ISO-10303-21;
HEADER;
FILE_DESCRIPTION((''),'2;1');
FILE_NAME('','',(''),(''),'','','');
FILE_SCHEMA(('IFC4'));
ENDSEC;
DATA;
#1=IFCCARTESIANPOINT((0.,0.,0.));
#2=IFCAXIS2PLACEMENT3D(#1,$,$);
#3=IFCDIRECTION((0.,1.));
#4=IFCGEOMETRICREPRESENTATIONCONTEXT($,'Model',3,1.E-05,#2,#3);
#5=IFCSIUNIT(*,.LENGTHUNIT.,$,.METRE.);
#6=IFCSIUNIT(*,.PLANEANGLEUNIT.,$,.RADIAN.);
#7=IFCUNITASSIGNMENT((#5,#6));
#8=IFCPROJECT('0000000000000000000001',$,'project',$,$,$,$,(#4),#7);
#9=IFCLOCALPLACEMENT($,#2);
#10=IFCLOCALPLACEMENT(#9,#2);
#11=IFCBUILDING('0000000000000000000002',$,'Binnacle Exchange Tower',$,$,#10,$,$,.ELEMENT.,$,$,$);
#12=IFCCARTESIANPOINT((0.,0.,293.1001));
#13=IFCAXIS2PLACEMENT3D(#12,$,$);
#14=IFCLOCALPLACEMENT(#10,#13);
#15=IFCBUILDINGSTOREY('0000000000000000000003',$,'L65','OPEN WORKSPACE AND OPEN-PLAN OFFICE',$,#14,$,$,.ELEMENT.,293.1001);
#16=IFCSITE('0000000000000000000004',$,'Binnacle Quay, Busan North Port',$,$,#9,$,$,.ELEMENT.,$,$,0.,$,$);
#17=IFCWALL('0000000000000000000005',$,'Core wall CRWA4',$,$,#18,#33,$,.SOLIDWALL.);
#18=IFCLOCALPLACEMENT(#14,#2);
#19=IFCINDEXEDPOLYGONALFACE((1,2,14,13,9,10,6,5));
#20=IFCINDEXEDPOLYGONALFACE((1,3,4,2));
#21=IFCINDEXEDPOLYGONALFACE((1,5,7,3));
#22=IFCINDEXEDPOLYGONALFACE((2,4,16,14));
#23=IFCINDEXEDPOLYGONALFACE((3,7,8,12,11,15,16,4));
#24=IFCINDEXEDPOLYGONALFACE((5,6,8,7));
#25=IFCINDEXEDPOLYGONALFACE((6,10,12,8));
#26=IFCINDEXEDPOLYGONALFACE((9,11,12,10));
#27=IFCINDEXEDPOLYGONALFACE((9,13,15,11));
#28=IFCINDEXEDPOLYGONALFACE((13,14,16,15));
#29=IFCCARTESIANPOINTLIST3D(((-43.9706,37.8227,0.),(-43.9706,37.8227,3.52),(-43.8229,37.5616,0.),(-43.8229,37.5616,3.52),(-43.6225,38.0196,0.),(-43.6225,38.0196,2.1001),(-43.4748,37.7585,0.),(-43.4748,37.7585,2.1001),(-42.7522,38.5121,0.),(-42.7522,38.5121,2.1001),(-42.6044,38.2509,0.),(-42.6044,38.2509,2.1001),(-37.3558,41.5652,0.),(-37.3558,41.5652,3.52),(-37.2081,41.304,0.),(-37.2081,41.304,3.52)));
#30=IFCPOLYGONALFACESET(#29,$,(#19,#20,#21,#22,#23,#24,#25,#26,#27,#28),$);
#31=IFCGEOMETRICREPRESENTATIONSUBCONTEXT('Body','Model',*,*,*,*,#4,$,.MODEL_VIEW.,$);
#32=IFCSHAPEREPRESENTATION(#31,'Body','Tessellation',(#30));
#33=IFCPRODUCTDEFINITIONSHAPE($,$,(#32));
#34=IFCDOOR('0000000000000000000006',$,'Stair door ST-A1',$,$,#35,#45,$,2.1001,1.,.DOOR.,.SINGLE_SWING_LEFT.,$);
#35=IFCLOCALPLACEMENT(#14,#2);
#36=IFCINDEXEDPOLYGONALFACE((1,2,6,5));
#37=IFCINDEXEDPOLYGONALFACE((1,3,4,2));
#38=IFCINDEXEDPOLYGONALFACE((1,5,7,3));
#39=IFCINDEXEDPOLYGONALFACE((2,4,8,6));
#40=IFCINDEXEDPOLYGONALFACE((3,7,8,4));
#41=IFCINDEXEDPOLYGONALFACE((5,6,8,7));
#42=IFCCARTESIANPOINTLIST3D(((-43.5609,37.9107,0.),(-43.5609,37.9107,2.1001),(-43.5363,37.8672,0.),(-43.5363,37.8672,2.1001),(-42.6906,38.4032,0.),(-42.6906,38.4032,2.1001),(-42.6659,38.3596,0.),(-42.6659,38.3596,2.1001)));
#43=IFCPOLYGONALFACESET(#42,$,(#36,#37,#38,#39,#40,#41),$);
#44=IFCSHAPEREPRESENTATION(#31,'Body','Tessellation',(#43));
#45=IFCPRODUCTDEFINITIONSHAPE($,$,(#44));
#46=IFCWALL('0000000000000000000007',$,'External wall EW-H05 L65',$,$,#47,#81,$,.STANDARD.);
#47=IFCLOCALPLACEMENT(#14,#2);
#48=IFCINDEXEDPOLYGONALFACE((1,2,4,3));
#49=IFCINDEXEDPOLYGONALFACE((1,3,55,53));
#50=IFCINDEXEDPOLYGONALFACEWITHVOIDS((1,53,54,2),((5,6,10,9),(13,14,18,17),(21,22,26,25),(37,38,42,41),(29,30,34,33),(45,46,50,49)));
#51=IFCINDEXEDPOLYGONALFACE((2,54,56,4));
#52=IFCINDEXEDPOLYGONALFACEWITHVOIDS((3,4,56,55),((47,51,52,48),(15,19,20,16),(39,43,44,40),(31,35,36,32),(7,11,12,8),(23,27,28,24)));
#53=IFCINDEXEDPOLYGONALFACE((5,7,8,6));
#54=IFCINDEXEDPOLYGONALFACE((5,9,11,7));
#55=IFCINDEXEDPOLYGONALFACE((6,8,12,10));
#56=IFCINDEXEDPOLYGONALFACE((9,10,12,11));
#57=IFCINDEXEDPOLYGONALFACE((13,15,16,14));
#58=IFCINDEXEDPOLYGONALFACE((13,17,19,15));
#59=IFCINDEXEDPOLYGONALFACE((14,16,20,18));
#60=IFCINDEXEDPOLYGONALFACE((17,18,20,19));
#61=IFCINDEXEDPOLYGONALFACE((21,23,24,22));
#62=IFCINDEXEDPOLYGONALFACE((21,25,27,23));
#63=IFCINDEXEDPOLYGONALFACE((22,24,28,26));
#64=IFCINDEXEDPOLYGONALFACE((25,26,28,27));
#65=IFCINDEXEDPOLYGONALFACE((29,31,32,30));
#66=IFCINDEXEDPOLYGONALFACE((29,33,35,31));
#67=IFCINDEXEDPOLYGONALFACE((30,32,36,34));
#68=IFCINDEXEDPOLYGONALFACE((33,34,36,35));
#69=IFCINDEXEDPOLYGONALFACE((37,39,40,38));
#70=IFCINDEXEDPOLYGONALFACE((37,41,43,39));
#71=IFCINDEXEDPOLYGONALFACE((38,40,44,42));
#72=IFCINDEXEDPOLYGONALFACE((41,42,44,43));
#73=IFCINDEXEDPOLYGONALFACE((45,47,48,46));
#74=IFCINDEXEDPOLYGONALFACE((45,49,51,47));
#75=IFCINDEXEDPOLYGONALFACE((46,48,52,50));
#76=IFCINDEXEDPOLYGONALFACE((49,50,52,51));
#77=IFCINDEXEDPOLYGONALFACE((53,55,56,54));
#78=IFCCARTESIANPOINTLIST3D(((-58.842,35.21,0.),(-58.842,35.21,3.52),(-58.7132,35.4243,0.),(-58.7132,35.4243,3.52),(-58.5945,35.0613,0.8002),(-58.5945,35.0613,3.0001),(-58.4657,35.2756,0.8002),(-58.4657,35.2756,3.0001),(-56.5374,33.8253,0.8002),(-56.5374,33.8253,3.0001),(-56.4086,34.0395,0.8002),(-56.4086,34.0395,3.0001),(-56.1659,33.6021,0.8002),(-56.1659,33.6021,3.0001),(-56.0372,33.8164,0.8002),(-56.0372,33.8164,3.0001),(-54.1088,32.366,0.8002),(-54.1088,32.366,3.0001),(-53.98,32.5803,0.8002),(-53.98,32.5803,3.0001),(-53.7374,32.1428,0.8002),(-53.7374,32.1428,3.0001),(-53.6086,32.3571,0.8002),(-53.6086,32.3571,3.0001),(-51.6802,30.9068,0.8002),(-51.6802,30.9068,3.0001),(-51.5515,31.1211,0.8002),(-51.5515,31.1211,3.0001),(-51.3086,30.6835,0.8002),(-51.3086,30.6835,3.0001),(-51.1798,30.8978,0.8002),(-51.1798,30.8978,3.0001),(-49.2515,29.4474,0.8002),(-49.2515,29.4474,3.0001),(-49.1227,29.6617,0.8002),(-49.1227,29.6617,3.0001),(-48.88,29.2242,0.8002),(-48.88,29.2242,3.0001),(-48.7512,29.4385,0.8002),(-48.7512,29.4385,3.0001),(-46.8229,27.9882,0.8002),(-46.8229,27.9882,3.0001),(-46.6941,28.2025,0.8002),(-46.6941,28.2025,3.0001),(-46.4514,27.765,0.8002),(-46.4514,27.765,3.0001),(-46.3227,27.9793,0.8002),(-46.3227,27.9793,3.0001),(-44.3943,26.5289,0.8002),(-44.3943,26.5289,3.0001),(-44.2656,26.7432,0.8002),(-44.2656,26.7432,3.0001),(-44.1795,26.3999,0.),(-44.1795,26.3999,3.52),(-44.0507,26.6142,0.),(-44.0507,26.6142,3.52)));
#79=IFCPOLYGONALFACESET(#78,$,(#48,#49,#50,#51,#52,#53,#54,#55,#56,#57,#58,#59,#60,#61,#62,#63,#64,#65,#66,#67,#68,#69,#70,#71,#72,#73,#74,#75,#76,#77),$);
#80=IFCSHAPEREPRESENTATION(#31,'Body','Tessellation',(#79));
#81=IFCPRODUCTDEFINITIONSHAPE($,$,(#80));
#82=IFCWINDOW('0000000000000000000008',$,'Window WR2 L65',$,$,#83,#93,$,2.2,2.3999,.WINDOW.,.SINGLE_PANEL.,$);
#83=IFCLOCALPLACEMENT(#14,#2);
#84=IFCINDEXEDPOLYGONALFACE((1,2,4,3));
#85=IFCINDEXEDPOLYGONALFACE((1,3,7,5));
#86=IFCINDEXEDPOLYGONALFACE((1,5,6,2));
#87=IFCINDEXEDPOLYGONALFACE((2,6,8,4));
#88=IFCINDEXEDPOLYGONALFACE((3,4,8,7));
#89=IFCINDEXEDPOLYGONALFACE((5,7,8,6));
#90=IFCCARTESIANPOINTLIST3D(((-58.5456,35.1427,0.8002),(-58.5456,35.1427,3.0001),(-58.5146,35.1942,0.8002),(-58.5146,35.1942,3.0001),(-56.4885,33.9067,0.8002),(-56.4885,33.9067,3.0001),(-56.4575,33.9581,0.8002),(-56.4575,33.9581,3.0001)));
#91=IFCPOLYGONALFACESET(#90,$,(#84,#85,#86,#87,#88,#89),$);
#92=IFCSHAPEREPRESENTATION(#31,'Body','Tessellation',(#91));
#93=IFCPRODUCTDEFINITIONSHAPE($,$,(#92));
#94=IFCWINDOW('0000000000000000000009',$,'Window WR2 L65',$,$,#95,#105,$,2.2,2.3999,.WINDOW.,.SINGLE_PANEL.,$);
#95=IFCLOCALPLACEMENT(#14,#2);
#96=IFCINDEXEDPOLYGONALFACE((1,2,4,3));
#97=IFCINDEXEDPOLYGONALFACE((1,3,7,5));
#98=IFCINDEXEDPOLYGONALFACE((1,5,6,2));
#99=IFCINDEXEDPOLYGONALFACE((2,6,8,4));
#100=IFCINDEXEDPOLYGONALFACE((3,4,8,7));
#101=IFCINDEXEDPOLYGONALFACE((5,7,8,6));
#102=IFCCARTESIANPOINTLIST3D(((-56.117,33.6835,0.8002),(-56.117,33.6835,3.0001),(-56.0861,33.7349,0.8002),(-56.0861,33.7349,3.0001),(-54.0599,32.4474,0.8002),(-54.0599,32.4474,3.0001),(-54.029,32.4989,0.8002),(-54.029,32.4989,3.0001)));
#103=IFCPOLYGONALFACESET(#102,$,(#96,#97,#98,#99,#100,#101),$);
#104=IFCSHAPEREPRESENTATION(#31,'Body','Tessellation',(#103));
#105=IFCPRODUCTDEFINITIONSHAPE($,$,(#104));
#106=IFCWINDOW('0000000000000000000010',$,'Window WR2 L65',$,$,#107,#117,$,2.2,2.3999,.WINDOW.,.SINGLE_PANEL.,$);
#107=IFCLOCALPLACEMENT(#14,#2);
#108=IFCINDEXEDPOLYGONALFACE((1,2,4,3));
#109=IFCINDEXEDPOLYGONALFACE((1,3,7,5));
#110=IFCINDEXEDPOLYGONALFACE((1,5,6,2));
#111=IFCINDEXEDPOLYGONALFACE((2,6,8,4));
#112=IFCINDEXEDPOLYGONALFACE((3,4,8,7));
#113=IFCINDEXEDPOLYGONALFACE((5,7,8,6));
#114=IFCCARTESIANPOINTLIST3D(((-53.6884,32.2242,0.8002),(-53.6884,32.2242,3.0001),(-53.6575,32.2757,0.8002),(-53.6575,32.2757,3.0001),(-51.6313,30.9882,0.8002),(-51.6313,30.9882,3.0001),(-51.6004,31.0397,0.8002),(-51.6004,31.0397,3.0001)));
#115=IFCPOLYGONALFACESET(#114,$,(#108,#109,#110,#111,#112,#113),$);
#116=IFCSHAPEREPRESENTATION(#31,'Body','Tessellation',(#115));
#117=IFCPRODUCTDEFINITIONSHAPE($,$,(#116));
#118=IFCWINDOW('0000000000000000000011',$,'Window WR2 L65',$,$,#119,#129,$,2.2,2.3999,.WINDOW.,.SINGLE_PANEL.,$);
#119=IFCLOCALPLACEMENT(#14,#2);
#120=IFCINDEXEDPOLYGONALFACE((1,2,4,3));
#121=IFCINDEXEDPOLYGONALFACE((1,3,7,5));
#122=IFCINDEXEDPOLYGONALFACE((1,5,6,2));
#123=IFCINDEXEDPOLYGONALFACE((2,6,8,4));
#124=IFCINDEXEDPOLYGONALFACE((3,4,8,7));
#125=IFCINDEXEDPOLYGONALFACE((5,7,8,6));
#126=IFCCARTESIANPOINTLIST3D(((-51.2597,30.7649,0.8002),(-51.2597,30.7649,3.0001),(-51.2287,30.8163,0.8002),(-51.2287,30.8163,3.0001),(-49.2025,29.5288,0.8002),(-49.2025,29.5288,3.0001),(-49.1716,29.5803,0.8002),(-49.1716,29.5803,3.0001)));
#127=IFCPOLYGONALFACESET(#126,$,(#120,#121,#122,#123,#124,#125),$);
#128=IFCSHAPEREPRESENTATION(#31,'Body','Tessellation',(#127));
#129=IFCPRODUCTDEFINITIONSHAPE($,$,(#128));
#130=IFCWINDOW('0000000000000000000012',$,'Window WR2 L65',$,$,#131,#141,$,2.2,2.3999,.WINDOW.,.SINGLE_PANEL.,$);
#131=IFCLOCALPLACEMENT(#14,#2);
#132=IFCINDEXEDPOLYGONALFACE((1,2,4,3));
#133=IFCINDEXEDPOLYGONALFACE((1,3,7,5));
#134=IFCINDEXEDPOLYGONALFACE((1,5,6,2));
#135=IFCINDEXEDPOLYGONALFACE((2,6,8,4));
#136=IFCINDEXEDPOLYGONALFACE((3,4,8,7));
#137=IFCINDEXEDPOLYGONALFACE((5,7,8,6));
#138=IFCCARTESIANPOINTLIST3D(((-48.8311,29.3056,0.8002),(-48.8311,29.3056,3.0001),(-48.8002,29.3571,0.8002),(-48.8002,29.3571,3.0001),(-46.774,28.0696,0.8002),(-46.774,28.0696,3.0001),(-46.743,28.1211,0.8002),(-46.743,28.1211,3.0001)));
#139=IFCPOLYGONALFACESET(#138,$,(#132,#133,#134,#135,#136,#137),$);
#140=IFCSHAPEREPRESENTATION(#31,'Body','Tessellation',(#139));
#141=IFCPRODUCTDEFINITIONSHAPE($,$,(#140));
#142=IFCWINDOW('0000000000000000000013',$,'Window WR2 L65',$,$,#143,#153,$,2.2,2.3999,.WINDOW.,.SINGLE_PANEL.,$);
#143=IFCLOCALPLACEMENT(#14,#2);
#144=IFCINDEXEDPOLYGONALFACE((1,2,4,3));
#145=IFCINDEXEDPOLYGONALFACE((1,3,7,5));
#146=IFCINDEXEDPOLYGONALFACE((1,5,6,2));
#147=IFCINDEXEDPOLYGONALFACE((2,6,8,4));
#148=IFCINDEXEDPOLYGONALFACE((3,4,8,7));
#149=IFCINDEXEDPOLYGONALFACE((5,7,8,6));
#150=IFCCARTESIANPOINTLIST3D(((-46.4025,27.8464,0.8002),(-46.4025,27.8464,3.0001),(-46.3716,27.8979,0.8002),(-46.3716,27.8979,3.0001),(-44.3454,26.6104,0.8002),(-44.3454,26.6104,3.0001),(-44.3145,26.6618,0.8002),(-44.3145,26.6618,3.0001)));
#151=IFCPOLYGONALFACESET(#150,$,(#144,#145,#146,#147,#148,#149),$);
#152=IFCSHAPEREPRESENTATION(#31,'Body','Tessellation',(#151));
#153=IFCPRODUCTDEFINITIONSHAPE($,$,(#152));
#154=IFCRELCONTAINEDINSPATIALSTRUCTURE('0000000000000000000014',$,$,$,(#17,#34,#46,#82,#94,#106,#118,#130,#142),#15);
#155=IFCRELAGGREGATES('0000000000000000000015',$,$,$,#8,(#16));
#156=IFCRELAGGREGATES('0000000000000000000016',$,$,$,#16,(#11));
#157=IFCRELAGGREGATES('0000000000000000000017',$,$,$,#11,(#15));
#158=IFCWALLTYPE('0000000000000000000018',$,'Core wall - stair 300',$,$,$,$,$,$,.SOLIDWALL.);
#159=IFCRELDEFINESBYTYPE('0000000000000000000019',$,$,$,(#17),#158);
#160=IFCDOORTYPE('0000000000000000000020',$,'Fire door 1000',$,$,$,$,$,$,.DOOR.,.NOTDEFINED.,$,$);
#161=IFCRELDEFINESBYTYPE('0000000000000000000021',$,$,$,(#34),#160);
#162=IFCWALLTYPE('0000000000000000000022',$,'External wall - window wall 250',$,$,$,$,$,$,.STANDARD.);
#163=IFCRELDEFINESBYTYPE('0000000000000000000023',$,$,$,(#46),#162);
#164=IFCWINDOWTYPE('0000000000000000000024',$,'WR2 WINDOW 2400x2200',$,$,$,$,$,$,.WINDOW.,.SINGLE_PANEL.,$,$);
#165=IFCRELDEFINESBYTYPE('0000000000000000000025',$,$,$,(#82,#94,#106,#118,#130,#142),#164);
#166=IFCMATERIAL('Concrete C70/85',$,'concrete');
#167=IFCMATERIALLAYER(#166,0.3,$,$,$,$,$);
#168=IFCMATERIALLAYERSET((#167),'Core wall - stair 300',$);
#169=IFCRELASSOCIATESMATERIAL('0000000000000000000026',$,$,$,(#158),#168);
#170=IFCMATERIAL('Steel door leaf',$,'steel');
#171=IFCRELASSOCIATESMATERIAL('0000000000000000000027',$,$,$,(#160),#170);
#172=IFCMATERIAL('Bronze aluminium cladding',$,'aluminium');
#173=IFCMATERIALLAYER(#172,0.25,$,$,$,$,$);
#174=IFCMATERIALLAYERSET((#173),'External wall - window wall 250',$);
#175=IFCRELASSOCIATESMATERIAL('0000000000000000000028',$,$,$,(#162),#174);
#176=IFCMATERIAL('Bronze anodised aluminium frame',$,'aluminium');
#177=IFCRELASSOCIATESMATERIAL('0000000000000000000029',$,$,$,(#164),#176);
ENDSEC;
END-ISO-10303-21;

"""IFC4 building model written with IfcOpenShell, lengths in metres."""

from ifc_helpers import new_model, si_unit, direction, frame, frame_2d, origin, place, context, subcontext, project, spatial, rectangle, extrude, material, layer, layer_set, type_object, element, fill, save


model = new_model("IFC4")

# Units and contexts
model_context = context("Model", 3, precision=1e-05, world=origin(), true_north=direction((0.0, 1.0)))
body_context = subcontext(model_context, "Body", "Model", "MODEL_VIEW")
ifc_project = project(units=[si_unit("LENGTHUNIT", "METRE"), si_unit("PLANEANGLEUNIT", "RADIAN")], contexts=[model_context])

# Site, building, storey
site_placement = place(None, origin())
site = spatial("IfcSite", under=ifc_project, at=site_placement, Name="Binnacle Quay, Busan North Port", CompositionType="ELEMENT", RefElevation=0.0)
building_placement = place(site_placement, origin())
building = spatial("IfcBuilding", under=site, at=building_placement, Name="Binnacle Exchange Tower", CompositionType="ELEMENT")
storey_placement = place(building_placement, frame((0.0, 0.0, 293.1001)))
storey = spatial("IfcBuildingStorey", under=building, at=storey_placement, Name="L65", Description="OPEN WORKSPACE AND OPEN-PLAN OFFICE", CompositionType="ELEMENT", Elevation=293.1001)

# Shared definitions
ifc_material_1 = material(Name="Concrete C70/85", Category="concrete")
ifc_material_2 = material(Name="Steel door leaf", Category="steel")

# Wall, opening, door
ifc_layer_1 = layer(ifc_material_1, 0.3)
ifc_layer_set_1 = layer_set([ifc_layer_1], Name="Core wall - stair 300")
wall_type_1 = type_object("IfcWallType", Name="Core wall - stair 300", PredefinedType="SOLIDWALL", material=ifc_layer_set_1)
wall_1_placement = place(storey_placement, frame((-43.8967, 37.6921, 0.0), z_axis=(0.0, 0.0, 1.0), x_axis=(0.870356, 0.492422, 0.0)))
wall_1 = element("IfcWall", 1, at=wall_1_placement, inside=storey, type_object=wall_type_1, Name="Core wall CRWA4", PredefinedType="SOLIDWALL", context=body_context, shape_type="SweptSolid", body=[
    extrude(rectangle(XDim=7.6001, YDim=0.3, at=frame_2d((3.8, 0.0))), origin(), (0.0, 0.0, 1.0), 3.52),
])
opening_1_placement = place(wall_1_placement, frame((0.3999, 0.0, 0.0)))
opening_1 = element("IfcOpeningElement", 2, at=opening_1_placement, cuts=wall_1, PredefinedType="OPENING", context=body_context, shape_type="SweptSolid", body=[
    extrude(rectangle(XDim=1.0, YDim=2.1001, at=frame_2d((0.5, 1.05))), frame((0.0, 0.1599, 0.0), z_axis=(0.0, -1.0, 0.0), x_axis=(1.0, 0.0, 0.0)), (0.0, 0.0, 1.0), 0.3201),
])
door_type_1 = type_object("IfcDoorType", Name="Fire door 1000", OperationType="NOTDEFINED", PredefinedType="DOOR", material=ifc_material_2)
door_1_placement = place(opening_1_placement, origin())
door_1 = element("IfcDoor", 3, at=door_1_placement, inside=storey, type_object=door_type_1, Name="Stair door ST-A1", OperationType="SINGLE_SWING_LEFT", OverallHeight=2.1001, OverallWidth=1.0, PredefinedType="DOOR", context=body_context, shape_type="SweptSolid", body=[
    extrude(rectangle(XDim=1.0, YDim=2.1001, at=frame_2d((0.5, 1.05))), frame((0.0, 0.0249, 0.0), z_axis=(0.0, -1.0, 0.0), x_axis=(1.0, 0.0, 0.0)), (0.0, 0.0, 1.0), 0.05),
])
fill(opening_1, door_1)

# Wall, openings, windows
ifc_material_3 = material(Name="Bronze aluminium cladding", Category="aluminium")
ifc_layer_2 = layer(ifc_material_3, 0.25)
ifc_layer_set_2 = layer_set([ifc_layer_2], Name="External wall - window wall 250")
wall_type_2 = type_object("IfcWallType", Name="External wall - window wall 250", PredefinedType="STANDARD", material=ifc_layer_set_2)
wall_2_placement = place(storey_placement, frame((-44.1152, 26.5071, 0.0), z_axis=(0.0, 0.0, 1.0), x_axis=(-0.857167, 0.515039, 0.0)))
wall_2 = element("IfcWall", 4, at=wall_2_placement, inside=storey, type_object=wall_type_2, Name="External wall EW-H05 L65", PredefinedType="STANDARD", context=body_context, shape_type="SweptSolid", body=[
    extrude(rectangle(XDim=17.1057, YDim=0.25, at=frame_2d((8.5527, 0.0))), origin(), (0.0, 0.0, 1.0), 3.52),
])
opening_2_placement = place(wall_2_placement, frame((14.417, 0.0, 0.8)))
opening_2 = element("IfcOpeningElement", 5, at=opening_2_placement, cuts=wall_2, PredefinedType="OPENING", context=body_context, shape_type="SweptSolid", body=[
    extrude(rectangle(XDim=2.3999, YDim=2.2, at=frame_2d((1.2, 1.1001))), frame((0.0, 0.135, 0.0), z_axis=(0.0, -1.0, 0.0), x_axis=(1.0, 0.0, 0.0)), (0.0, 0.0, 1.0), 0.27),
])
opening_3_placement = place(wall_2_placement, frame((11.5837, 0.0, 0.8)))
opening_3 = element("IfcOpeningElement", 6, at=opening_3_placement, cuts=wall_2, PredefinedType="OPENING", context=body_context, shape_type="SweptSolid", body=[
    extrude(rectangle(XDim=2.3999, YDim=2.2, at=frame_2d((1.2, 1.1001))), frame((0.0, 0.135, 0.0), z_axis=(0.0, -1.0, 0.0), x_axis=(1.0, 0.0, 0.0)), (0.0, 0.0, 1.0), 0.27),
])
opening_4_placement = place(wall_2_placement, frame((8.7505, 0.0, 0.8)))
opening_4 = element("IfcOpeningElement", 7, at=opening_4_placement, cuts=wall_2, PredefinedType="OPENING", context=body_context, shape_type="SweptSolid", body=[
    extrude(rectangle(XDim=2.3999, YDim=2.2, at=frame_2d((1.2, 1.1001))), frame((0.0, 0.135, 0.0), z_axis=(0.0, -1.0, 0.0), x_axis=(1.0, 0.0, 0.0)), (0.0, 0.0, 1.0), 0.27),
])
opening_5_placement = place(wall_2_placement, frame((5.917, 0.0, 0.8)))
opening_5 = element("IfcOpeningElement", 8, at=opening_5_placement, cuts=wall_2, PredefinedType="OPENING", context=body_context, shape_type="SweptSolid", body=[
    extrude(rectangle(XDim=2.3999, YDim=2.2, at=frame_2d((1.2, 1.1001))), frame((0.0, 0.135, 0.0), z_axis=(0.0, -1.0, 0.0), x_axis=(1.0, 0.0, 0.0)), (0.0, 0.0, 1.0), 0.27),
])
opening_6_placement = place(wall_2_placement, frame((3.0837, 0.0, 0.8)))
opening_6 = element("IfcOpeningElement", 9, at=opening_6_placement, cuts=wall_2, PredefinedType="OPENING", context=body_context, shape_type="SweptSolid", body=[
    extrude(rectangle(XDim=2.3999, YDim=2.2, at=frame_2d((1.2, 1.1001))), frame((0.0, 0.135, 0.0), z_axis=(0.0, -1.0, 0.0), x_axis=(1.0, 0.0, 0.0)), (0.0, 0.0, 1.0), 0.27),
])
opening_7_placement = place(wall_2_placement, frame((0.2505, 0.0, 0.8)))
opening_7 = element("IfcOpeningElement", 10, at=opening_7_placement, cuts=wall_2, PredefinedType="OPENING", context=body_context, shape_type="SweptSolid", body=[
    extrude(rectangle(XDim=2.3999, YDim=2.2, at=frame_2d((1.2, 1.1001))), frame((0.0, 0.135, 0.0), z_axis=(0.0, -1.0, 0.0), x_axis=(1.0, 0.0, 0.0)), (0.0, 0.0, 1.0), 0.27),
])
ifc_material_4 = material(Name="Bronze anodised aluminium frame", Category="aluminium")
window_type = type_object("IfcWindowType", Name="WR2 WINDOW 2400x2200", PartitioningType="SINGLE_PANEL", PredefinedType="WINDOW", material=ifc_material_4)
window_1_placement = place(opening_2_placement, origin())
window_1 = element("IfcWindow", 11, at=window_1_placement, inside=storey, type_object=window_type, Name="Window WR2 L65", OverallHeight=2.2, OverallWidth=2.3999, PartitioningType="SINGLE_PANEL", PredefinedType="WINDOW", context=body_context, shape_type="SweptSolid", body=[
    extrude(rectangle(XDim=2.3999, YDim=2.2, at=frame_2d((1.2, 1.1001))), frame((0.0, 0.03, 0.0), z_axis=(0.0, -1.0, 0.0), x_axis=(1.0, 0.0, 0.0)), (0.0, 0.0, 1.0), 0.0601),
])
fill(opening_2, window_1)
window_2_placement = place(opening_3_placement, origin())
window_2 = element("IfcWindow", 12, at=window_2_placement, inside=storey, type_object=window_type, Name="Window WR2 L65", OverallHeight=2.2, OverallWidth=2.3999, PartitioningType="SINGLE_PANEL", PredefinedType="WINDOW", context=body_context, shape_type="SweptSolid", body=[
    extrude(rectangle(XDim=2.3999, YDim=2.2, at=frame_2d((1.2, 1.1001))), frame((0.0, 0.03, 0.0), z_axis=(0.0, -1.0, 0.0), x_axis=(1.0, 0.0, 0.0)), (0.0, 0.0, 1.0), 0.0601),
])
fill(opening_3, window_2)
window_3_placement = place(opening_4_placement, origin())
window_3 = element("IfcWindow", 13, at=window_3_placement, inside=storey, type_object=window_type, Name="Window WR2 L65", OverallHeight=2.2, OverallWidth=2.3999, PartitioningType="SINGLE_PANEL", PredefinedType="WINDOW", context=body_context, shape_type="SweptSolid", body=[
    extrude(rectangle(XDim=2.3999, YDim=2.2, at=frame_2d((1.2, 1.1001))), frame((0.0, 0.03, 0.0), z_axis=(0.0, -1.0, 0.0), x_axis=(1.0, 0.0, 0.0)), (0.0, 0.0, 1.0), 0.0601),
])
fill(opening_4, window_3)
window_4_placement = place(opening_5_placement, origin())
window_4 = element("IfcWindow", 14, at=window_4_placement, inside=storey, type_object=window_type, Name="Window WR2 L65", OverallHeight=2.2, OverallWidth=2.3999, PartitioningType="SINGLE_PANEL", PredefinedType="WINDOW", context=body_context, shape_type="SweptSolid", body=[
    extrude(rectangle(XDim=2.3999, YDim=2.2, at=frame_2d((1.2, 1.1001))), frame((0.0, 0.03, 0.0), z_axis=(0.0, -1.0, 0.0), x_axis=(1.0, 0.0, 0.0)), (0.0, 0.0, 1.0), 0.0601),
])
fill(opening_5, window_4)
window_5_placement = place(opening_6_placement, origin())
window_5 = element("IfcWindow", 15, at=window_5_placement, inside=storey, type_object=window_type, Name="Window WR2 L65", OverallHeight=2.2, OverallWidth=2.3999, PartitioningType="SINGLE_PANEL", PredefinedType="WINDOW", context=body_context, shape_type="SweptSolid", body=[
    extrude(rectangle(XDim=2.3999, YDim=2.2, at=frame_2d((1.2, 1.1001))), frame((0.0, 0.03, 0.0), z_axis=(0.0, -1.0, 0.0), x_axis=(1.0, 0.0, 0.0)), (0.0, 0.0, 1.0), 0.0601),
])
fill(opening_6, window_5)
window_6_placement = place(opening_7_placement, origin())
window_6 = element("IfcWindow", 16, at=window_6_placement, inside=storey, type_object=window_type, Name="Window WR2 L65", OverallHeight=2.2, OverallWidth=2.3999, PartitioningType="SINGLE_PANEL", PredefinedType="WINDOW", context=body_context, shape_type="SweptSolid", body=[
    extrude(rectangle(XDim=2.3999, YDim=2.2, at=frame_2d((1.2, 1.1001))), frame((0.0, 0.03, 0.0), z_axis=(0.0, -1.0, 0.0), x_axis=(1.0, 0.0, 0.0)), (0.0, 0.0, 1.0), 0.0601),
])
fill(opening_7, window_6)

save(model, "model.ifc")
